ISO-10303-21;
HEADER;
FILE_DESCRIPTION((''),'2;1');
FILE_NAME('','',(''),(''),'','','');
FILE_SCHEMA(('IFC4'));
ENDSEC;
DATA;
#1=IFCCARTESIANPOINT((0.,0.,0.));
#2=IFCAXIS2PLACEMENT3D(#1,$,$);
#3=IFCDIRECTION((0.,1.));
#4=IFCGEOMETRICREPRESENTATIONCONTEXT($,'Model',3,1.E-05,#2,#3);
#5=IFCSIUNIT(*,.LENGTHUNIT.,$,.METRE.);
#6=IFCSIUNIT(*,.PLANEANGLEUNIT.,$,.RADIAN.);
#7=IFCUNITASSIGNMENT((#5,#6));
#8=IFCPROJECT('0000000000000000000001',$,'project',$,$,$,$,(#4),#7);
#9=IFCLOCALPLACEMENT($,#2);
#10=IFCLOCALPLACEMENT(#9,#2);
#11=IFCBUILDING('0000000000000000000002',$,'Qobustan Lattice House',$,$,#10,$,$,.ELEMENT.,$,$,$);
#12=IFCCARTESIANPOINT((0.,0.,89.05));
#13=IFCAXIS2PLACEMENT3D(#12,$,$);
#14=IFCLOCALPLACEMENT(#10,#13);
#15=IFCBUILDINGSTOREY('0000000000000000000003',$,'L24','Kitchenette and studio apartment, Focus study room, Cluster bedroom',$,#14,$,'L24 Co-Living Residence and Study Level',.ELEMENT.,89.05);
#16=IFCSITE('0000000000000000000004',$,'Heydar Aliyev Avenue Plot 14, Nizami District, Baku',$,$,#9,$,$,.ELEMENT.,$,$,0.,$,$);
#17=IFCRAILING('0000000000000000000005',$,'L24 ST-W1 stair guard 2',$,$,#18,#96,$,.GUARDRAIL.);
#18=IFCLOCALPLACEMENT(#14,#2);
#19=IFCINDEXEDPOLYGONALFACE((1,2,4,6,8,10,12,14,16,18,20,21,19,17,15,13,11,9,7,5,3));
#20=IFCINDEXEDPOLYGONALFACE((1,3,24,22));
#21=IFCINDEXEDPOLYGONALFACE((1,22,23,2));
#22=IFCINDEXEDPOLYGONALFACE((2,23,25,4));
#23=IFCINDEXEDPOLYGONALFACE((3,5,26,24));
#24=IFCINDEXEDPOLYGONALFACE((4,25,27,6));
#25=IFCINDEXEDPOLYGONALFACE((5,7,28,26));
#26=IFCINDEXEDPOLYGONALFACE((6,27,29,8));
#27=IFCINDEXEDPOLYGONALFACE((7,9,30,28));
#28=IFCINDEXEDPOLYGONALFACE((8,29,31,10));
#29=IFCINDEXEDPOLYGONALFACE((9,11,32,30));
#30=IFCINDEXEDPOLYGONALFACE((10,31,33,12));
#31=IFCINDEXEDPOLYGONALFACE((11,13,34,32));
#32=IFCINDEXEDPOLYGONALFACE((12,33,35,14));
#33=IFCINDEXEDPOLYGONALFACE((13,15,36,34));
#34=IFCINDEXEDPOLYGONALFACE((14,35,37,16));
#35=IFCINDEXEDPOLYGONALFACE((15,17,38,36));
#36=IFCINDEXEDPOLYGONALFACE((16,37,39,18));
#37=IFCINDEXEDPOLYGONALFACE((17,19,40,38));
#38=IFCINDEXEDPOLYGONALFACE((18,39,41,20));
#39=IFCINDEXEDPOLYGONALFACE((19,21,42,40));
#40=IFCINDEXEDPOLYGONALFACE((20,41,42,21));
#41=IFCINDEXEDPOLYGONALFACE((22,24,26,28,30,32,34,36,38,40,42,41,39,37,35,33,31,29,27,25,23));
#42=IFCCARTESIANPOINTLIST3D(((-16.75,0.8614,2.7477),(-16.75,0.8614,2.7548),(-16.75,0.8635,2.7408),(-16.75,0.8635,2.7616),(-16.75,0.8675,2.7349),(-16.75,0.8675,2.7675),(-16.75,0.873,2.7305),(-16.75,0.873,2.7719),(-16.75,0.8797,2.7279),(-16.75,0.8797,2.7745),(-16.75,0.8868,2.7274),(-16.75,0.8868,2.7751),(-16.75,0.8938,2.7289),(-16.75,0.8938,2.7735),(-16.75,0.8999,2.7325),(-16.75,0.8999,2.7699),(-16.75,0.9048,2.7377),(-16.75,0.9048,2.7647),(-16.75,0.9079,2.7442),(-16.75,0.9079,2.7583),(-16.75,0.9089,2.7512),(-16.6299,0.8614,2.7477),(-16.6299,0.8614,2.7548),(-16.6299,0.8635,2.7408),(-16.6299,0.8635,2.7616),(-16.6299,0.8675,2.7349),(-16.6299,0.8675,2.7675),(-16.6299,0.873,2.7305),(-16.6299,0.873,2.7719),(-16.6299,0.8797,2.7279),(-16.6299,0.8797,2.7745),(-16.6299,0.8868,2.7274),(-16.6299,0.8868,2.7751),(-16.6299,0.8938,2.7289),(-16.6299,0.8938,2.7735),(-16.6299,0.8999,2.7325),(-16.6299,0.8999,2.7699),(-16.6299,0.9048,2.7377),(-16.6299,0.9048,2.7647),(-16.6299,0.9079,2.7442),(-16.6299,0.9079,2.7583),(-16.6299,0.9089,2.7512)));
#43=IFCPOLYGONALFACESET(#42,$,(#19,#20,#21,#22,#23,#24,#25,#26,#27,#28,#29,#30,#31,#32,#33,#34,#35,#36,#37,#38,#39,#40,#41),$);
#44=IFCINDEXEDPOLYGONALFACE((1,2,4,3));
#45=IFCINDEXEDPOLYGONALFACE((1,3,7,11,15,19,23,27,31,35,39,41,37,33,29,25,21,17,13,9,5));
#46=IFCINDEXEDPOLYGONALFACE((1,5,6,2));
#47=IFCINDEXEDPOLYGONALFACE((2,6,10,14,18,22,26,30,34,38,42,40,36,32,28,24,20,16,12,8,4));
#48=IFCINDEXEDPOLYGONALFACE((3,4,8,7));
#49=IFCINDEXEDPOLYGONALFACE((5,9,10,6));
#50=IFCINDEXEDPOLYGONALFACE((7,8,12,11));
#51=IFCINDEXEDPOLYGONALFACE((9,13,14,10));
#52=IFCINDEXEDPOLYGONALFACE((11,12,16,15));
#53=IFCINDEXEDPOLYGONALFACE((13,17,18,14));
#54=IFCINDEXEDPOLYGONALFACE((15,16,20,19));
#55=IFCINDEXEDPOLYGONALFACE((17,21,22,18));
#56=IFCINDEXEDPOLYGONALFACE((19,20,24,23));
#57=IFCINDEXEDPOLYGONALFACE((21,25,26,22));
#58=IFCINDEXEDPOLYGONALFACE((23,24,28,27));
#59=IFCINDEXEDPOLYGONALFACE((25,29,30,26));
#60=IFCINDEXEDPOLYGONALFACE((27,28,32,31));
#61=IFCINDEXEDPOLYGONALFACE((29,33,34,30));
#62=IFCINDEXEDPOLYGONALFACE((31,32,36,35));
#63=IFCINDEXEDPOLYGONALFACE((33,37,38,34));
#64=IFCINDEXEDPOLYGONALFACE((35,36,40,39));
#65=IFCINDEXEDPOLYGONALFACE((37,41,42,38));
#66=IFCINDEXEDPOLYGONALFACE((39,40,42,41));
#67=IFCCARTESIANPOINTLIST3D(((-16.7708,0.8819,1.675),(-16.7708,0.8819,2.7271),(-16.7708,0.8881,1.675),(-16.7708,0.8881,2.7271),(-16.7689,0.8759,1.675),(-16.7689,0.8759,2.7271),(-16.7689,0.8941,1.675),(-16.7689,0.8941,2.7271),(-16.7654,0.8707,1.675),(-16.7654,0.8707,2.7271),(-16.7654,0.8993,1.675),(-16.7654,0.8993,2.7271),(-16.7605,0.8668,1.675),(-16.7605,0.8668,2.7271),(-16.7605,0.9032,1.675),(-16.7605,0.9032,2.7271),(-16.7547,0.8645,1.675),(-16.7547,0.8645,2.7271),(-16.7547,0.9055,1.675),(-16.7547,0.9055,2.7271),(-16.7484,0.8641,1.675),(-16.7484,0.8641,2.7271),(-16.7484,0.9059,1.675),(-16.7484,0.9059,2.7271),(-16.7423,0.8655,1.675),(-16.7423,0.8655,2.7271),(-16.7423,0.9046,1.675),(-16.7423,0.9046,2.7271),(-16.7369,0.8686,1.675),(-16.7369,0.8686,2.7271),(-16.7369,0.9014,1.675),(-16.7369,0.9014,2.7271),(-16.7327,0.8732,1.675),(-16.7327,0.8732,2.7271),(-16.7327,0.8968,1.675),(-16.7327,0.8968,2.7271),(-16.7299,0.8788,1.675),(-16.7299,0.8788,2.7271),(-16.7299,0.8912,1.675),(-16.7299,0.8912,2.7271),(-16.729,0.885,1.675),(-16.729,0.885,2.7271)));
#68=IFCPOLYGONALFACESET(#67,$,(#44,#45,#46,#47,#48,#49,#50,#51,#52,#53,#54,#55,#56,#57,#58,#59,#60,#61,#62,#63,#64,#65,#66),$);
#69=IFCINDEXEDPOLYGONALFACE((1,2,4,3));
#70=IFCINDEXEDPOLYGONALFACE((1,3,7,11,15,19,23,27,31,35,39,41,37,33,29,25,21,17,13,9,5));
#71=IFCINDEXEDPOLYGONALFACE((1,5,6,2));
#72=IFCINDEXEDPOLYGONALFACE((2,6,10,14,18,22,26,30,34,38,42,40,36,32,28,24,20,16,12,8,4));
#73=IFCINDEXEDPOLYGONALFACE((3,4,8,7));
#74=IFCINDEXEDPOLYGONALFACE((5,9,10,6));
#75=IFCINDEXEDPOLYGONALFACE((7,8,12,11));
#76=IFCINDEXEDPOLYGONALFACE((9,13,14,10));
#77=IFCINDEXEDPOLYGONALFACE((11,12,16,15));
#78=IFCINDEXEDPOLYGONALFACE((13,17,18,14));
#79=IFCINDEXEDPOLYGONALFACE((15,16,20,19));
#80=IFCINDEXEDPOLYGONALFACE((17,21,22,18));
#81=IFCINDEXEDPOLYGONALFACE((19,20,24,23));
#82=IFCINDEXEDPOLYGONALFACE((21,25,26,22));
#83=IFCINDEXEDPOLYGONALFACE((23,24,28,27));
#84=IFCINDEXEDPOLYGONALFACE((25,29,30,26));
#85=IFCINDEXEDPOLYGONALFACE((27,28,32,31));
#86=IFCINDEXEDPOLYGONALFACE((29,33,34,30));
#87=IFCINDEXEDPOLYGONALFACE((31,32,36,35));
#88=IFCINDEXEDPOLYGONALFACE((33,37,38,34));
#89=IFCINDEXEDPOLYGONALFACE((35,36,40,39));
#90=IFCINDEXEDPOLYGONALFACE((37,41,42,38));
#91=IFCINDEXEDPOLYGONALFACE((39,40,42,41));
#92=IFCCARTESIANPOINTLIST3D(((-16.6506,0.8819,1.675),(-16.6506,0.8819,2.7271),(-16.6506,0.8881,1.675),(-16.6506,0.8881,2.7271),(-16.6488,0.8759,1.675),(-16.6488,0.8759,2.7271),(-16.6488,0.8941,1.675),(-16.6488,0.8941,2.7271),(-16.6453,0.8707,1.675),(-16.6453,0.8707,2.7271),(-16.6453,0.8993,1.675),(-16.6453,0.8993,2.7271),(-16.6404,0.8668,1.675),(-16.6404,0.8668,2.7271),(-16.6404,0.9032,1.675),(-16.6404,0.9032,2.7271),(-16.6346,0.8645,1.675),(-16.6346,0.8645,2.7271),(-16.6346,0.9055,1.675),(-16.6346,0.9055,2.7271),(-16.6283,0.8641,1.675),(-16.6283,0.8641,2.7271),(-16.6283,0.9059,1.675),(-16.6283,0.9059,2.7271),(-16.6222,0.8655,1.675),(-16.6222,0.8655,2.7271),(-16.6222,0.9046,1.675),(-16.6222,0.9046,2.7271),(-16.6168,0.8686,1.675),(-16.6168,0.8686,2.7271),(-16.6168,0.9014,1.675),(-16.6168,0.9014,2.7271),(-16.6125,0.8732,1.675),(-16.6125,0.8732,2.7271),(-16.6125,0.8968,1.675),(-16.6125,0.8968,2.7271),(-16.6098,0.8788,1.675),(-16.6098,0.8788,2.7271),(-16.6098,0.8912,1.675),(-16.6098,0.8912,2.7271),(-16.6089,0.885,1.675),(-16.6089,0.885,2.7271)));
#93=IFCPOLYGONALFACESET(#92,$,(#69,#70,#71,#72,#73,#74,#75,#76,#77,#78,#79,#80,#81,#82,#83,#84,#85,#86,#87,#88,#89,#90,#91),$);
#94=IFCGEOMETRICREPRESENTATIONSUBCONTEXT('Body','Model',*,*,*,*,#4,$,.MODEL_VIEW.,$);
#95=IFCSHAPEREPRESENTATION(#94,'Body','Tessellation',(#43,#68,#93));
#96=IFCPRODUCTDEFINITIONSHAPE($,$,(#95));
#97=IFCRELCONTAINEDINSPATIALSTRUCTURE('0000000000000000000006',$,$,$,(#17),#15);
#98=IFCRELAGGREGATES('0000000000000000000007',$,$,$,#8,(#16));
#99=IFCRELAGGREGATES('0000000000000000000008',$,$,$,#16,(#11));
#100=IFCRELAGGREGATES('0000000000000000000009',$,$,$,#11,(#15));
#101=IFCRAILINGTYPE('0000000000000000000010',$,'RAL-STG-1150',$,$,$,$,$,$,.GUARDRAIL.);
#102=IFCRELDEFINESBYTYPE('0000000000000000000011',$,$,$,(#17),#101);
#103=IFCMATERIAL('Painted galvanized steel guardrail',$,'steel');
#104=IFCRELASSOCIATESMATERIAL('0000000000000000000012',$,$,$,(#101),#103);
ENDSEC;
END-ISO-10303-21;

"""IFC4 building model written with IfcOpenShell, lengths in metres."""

from ifc_helpers import new_model, si_unit, direction, frame, origin, origin_2d, place, context, subcontext, project, spatial, circle, extrude, material, type_object, element, save


model = new_model("IFC4")

# Units and contexts
model_context = context("Model", 3, precision=1e-05, world=origin(), true_north=direction((0.0, 1.0)))
body_context = subcontext(model_context, "Body", "Model", "MODEL_VIEW")
ifc_project = project(units=[si_unit("LENGTHUNIT", "METRE"), si_unit("PLANEANGLEUNIT", "RADIAN")], contexts=[model_context])

# Site, building, storey
site_placement = place(None, origin())
site = spatial("IfcSite", under=ifc_project, at=site_placement, Name="Heydar Aliyev Avenue Plot 14, Nizami District, Baku", CompositionType="ELEMENT", RefElevation=0.0)
building_placement = place(site_placement, origin())
building = spatial("IfcBuilding", under=site, at=building_placement, Name="Qobustan Lattice House", CompositionType="ELEMENT")
storey_placement = place(building_placement, frame((0.0, 0.0, 89.05)))
storey = spatial("IfcBuildingStorey", under=building, at=storey_placement, Name="L24", Description="Kitchenette and studio apartment, Focus study room, Cluster bedroom", LongName="L24 Co-Living Residence and Study Level", CompositionType="ELEMENT", Elevation=89.05)

# Railing
ifc_material_1 = material(Name="Painted galvanized steel guardrail", Category="steel")
railing_type = type_object("IfcRailingType", Name="RAL-STG-1150", PredefinedType="GUARDRAIL", material=ifc_material_1)
railing_placement = place(storey_placement, frame((-16.75, 0.885, 1.675)))
element("IfcRailing", 1, at=railing_placement, inside=storey, type_object=railing_type, Name="L24 ST-W1 stair guard 2", PredefinedType="GUARDRAIL", context=body_context, shape_type="SweptSolid", body=[
    extrude(circle(Radius=0.0239, at=origin_2d()), frame((0.0, 0.0, 1.0762), z_axis=(1.0, 0.0, 0.0), x_axis=(0.0, 1.0, 0.0)), (0.0, 0.0, 1.0), 0.1201),
    extrude(circle(Radius=0.021, at=origin_2d()), origin(), (0.0, 0.0, 1.0), 1.052),
    extrude(circle(Radius=0.021, at=origin_2d()), frame((0.1201, 0.0, 0.0)), (0.0, 0.0, 1.0), 1.052),
])

save(model, "model.ifc")
